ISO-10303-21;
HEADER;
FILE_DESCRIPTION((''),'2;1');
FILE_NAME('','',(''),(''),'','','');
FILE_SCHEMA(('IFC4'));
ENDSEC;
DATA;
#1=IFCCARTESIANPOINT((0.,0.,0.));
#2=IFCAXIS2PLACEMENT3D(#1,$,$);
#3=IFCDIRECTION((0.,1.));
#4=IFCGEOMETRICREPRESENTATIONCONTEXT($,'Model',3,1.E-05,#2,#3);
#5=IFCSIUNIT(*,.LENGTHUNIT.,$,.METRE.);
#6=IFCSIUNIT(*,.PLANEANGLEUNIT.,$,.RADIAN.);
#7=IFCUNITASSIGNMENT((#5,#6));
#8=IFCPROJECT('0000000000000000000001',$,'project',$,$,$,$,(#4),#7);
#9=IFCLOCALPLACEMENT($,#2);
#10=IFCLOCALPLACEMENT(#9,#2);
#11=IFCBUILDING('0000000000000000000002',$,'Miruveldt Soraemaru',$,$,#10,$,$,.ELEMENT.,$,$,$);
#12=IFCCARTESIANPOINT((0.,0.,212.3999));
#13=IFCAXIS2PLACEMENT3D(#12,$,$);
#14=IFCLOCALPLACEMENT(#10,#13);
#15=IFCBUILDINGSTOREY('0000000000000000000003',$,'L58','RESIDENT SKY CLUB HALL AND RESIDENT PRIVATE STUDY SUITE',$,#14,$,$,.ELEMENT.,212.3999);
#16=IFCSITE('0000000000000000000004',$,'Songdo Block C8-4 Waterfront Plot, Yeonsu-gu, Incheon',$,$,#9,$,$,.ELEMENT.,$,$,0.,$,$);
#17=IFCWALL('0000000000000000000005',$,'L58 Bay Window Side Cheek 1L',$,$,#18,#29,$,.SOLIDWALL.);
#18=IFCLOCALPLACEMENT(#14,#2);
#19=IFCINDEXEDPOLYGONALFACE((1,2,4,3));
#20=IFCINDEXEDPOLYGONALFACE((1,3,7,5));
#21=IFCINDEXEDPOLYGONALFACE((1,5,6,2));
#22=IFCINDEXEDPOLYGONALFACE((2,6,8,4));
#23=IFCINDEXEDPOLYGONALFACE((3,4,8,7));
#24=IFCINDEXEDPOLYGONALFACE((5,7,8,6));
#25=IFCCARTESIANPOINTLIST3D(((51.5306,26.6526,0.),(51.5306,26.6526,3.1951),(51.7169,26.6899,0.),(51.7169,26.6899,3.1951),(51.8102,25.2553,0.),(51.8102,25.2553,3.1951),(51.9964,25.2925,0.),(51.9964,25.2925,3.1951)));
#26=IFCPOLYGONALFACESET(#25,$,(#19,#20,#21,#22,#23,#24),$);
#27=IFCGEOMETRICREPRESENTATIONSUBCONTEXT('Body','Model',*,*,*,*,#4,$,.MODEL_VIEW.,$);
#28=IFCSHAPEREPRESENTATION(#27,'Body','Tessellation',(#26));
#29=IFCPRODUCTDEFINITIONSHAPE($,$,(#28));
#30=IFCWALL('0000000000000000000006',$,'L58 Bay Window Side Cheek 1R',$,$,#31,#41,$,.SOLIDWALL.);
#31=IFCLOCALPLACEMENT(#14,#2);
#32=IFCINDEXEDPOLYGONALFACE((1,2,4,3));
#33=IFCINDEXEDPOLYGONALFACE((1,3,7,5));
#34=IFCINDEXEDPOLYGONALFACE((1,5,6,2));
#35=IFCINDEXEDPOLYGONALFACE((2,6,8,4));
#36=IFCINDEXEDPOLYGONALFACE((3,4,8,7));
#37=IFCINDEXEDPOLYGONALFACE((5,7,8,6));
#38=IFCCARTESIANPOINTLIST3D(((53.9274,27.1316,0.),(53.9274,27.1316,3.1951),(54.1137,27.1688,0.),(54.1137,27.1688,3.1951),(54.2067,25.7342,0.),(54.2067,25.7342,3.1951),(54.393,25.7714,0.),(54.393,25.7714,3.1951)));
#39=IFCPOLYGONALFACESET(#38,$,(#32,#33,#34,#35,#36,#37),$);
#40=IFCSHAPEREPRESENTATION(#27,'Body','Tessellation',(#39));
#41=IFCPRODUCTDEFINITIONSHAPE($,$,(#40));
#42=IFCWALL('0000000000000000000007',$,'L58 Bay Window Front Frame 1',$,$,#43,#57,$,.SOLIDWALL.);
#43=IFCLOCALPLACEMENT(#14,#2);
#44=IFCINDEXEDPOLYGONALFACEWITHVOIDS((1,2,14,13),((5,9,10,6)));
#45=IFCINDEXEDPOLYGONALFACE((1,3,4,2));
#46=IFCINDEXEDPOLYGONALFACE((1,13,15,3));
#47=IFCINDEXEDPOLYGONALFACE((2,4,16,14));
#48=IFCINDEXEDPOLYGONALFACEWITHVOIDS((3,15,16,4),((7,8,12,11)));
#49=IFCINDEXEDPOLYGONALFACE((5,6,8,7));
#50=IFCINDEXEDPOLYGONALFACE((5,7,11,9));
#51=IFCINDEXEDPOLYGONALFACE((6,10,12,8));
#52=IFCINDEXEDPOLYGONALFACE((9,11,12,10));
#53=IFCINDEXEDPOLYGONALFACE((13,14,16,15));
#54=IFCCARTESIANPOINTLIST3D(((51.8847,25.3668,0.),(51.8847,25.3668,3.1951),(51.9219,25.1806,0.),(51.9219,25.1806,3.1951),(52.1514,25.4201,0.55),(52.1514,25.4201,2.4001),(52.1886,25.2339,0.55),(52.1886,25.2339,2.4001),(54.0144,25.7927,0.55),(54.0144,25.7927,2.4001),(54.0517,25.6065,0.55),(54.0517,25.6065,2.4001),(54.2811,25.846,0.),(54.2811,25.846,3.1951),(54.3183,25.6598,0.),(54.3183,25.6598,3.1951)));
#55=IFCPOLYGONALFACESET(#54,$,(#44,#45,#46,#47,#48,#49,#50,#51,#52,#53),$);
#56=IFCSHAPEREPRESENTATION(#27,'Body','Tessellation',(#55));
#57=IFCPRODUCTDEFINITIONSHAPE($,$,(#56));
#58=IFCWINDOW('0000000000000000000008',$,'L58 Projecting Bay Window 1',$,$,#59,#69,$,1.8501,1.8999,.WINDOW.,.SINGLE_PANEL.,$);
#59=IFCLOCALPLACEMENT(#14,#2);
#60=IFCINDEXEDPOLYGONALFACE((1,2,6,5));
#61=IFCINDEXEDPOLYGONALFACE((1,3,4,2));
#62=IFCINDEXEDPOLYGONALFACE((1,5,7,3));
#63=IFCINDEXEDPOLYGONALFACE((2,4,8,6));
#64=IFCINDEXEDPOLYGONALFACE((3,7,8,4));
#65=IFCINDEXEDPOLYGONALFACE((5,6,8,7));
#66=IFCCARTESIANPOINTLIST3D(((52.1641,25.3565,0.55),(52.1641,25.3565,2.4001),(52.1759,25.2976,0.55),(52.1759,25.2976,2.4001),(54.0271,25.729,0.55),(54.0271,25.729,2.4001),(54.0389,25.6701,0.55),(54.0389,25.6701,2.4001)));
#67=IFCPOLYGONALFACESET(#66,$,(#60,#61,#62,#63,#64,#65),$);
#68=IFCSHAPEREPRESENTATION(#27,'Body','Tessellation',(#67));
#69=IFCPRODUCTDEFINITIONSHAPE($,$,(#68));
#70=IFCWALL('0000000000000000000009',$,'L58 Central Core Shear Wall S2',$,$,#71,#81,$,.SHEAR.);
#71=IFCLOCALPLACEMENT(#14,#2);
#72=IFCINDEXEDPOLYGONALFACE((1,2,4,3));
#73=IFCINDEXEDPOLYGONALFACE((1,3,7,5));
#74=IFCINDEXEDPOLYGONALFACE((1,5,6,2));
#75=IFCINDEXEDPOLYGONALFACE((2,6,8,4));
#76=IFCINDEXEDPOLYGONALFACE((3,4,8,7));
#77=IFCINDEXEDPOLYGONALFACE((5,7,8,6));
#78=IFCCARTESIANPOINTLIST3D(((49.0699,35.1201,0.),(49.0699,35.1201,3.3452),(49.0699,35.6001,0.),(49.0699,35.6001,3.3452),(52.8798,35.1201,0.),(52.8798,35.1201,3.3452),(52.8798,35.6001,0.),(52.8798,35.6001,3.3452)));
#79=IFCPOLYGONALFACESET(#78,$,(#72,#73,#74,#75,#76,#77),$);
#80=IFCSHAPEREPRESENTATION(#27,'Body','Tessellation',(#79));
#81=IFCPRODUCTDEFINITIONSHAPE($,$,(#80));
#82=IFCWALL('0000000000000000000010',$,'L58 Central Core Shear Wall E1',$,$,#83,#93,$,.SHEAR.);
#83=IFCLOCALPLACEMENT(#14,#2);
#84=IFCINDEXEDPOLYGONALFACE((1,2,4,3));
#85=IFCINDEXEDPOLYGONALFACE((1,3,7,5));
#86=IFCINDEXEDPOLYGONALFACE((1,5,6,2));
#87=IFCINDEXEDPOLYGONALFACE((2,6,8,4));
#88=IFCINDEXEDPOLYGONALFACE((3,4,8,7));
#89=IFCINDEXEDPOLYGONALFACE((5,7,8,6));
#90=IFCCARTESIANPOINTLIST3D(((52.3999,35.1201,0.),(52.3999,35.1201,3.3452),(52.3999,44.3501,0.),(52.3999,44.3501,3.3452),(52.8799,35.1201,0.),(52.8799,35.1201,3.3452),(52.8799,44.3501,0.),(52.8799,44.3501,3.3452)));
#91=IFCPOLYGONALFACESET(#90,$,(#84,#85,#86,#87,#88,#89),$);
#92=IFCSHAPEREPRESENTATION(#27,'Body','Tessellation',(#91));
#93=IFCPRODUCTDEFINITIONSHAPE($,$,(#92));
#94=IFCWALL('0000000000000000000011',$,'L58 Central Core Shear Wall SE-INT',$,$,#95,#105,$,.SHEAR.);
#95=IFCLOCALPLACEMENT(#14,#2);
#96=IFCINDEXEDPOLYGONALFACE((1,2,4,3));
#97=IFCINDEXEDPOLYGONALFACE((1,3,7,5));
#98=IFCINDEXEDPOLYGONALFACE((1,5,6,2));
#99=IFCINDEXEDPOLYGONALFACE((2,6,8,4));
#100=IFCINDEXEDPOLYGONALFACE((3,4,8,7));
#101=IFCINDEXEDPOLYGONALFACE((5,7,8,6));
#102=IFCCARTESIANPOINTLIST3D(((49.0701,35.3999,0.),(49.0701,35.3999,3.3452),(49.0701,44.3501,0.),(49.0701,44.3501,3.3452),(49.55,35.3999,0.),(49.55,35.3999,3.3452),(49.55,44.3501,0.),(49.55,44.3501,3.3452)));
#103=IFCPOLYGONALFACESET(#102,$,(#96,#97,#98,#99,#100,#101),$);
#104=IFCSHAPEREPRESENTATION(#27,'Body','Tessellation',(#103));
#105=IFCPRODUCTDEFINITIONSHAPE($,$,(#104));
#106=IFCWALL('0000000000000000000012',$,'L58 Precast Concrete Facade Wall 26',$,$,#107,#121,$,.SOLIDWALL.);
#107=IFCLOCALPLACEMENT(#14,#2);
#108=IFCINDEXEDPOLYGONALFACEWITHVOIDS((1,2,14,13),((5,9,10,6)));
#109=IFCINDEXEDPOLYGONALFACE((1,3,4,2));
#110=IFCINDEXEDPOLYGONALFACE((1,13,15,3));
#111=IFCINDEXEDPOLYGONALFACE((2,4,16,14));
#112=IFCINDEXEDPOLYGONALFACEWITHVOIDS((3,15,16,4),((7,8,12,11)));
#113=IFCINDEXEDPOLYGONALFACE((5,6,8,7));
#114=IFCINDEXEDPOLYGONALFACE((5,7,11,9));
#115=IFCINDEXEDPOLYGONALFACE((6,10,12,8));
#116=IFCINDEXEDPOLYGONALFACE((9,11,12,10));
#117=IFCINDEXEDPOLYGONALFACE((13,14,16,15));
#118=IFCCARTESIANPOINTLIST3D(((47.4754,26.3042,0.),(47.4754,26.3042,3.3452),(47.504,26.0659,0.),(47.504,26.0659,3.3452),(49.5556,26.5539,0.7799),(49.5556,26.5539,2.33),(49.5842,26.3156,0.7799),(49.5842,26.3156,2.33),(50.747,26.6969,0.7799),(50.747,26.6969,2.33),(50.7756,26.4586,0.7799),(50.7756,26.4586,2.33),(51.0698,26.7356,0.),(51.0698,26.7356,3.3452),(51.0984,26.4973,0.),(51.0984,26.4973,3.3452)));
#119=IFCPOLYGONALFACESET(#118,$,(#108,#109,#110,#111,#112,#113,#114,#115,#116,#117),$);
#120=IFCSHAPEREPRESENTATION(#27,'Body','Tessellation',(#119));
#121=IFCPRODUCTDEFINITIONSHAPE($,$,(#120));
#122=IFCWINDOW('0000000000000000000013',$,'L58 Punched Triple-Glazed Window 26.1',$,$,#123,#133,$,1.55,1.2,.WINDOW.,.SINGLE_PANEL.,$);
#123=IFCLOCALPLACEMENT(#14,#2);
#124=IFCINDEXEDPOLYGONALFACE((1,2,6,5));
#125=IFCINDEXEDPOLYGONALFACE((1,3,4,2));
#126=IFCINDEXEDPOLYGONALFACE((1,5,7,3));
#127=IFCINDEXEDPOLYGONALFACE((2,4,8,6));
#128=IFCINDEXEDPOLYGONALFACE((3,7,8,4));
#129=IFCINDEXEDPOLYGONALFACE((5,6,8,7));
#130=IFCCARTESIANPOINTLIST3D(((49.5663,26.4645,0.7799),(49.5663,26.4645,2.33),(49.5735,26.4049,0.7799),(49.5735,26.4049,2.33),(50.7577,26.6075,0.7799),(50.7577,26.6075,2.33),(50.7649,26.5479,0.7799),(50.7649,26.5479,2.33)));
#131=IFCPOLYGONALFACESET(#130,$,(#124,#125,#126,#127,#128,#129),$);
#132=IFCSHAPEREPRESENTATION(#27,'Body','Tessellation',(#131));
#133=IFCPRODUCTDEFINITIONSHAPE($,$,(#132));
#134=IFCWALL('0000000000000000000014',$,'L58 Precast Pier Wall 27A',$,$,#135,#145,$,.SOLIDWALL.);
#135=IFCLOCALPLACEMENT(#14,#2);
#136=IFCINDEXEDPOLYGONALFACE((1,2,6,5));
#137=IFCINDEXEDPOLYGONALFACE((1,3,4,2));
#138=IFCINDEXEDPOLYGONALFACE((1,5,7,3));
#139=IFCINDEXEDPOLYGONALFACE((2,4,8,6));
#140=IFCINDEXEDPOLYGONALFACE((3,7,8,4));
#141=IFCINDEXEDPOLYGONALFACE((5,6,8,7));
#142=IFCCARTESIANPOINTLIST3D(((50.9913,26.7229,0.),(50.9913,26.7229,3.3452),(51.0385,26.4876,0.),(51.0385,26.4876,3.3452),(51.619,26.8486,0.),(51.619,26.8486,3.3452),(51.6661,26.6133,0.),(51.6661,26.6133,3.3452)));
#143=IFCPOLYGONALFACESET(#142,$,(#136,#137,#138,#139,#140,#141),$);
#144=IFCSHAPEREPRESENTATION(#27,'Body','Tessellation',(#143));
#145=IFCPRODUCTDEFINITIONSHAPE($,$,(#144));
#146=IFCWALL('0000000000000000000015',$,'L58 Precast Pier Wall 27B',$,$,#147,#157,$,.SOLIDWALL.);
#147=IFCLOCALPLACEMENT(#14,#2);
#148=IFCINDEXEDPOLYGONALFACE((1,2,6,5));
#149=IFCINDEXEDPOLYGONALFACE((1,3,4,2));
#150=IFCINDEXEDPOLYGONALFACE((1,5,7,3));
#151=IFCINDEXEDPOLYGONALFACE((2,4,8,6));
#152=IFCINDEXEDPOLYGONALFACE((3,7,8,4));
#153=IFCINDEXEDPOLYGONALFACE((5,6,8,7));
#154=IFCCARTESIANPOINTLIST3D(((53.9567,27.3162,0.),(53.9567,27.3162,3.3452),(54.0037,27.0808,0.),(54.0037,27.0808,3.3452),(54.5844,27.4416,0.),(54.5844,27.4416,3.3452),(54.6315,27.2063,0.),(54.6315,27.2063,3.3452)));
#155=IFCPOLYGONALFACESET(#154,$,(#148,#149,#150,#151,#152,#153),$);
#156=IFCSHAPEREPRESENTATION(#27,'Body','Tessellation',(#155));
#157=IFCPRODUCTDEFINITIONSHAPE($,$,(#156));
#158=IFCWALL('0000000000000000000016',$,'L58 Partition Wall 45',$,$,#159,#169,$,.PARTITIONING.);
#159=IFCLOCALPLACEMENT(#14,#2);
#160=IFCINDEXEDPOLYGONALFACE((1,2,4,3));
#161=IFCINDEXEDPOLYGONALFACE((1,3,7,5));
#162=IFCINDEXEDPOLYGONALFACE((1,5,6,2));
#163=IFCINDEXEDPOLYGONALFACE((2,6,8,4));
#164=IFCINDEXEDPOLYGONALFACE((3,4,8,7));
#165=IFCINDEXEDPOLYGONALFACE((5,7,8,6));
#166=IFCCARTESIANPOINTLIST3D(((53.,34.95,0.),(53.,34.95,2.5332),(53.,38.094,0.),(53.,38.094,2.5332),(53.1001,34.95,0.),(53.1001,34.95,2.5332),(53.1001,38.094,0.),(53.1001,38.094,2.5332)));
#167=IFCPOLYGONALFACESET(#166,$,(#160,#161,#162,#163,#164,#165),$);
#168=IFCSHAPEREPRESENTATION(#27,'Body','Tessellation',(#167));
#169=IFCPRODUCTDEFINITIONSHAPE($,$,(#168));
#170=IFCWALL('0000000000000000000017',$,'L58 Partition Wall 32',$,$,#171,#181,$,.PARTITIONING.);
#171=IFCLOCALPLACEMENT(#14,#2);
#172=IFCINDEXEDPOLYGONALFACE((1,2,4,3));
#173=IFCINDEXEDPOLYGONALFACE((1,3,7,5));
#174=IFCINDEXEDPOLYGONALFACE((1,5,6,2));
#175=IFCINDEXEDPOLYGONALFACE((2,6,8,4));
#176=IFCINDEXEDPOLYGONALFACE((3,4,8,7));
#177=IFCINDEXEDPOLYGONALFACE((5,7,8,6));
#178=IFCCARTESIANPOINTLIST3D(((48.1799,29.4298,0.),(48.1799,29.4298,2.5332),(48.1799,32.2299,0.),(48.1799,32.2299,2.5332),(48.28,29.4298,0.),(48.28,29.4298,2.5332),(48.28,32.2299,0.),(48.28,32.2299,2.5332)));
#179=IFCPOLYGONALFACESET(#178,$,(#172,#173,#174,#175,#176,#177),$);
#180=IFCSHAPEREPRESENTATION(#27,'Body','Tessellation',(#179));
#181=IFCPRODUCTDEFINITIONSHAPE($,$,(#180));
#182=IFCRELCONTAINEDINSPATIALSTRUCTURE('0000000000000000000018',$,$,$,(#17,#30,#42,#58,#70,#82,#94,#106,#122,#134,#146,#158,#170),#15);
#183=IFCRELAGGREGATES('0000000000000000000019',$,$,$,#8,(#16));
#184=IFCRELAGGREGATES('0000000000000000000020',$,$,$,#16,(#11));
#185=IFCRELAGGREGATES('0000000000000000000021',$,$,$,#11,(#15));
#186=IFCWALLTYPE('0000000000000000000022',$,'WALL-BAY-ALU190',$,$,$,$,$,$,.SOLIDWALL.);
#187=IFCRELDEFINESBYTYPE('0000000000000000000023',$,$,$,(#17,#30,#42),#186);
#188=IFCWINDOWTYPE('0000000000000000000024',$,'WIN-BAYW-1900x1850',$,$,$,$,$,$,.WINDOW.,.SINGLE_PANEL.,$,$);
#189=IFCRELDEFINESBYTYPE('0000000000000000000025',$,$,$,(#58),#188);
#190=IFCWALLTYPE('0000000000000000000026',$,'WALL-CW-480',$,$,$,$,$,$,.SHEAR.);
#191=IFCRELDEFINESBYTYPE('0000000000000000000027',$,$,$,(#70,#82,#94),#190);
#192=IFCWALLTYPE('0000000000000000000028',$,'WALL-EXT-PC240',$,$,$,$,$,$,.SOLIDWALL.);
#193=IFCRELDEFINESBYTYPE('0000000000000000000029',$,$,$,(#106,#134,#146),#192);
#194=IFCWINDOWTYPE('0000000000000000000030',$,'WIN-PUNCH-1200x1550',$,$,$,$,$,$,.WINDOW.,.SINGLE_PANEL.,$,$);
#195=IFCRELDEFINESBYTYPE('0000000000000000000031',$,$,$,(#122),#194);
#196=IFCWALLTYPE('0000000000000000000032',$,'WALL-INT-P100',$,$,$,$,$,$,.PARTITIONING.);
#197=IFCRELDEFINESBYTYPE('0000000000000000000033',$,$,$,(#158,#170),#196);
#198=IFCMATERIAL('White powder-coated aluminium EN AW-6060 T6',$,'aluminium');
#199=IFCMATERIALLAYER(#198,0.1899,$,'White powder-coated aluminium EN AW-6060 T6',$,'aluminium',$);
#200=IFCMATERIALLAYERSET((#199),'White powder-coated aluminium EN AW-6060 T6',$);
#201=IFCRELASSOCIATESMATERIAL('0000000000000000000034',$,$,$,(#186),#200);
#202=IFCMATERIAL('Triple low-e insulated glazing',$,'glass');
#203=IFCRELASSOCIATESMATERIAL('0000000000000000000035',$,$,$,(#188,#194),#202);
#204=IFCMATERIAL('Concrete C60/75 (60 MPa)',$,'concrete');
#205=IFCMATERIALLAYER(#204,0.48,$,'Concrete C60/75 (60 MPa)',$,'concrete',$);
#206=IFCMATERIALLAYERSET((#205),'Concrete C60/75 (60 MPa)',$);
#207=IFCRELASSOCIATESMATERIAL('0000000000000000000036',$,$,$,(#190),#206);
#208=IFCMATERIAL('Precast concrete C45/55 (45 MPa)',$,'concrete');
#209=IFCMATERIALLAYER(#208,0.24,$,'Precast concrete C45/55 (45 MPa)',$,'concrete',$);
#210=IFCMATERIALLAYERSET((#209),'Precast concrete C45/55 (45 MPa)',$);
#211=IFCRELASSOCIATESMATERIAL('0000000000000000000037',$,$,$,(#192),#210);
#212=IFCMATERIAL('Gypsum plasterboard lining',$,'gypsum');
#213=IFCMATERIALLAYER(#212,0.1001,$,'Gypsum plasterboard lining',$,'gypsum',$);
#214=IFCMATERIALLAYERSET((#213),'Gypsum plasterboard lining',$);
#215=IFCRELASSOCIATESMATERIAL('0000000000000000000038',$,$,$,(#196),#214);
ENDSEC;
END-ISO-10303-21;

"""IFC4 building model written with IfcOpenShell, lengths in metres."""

from ifc_helpers import new_model, si_unit, direction, frame, frame_2d, origin, place, context, subcontext, project, spatial, rectangle, extrude, material, layer, layer_set, type_object, element, fill, save


model = new_model("IFC4")

# Units and contexts
model_context = context("Model", 3, precision=1e-05, world=origin(), true_north=direction((0.0, 1.0)))
body_context = subcontext(model_context, "Body", "Model", "MODEL_VIEW")
ifc_project = project(units=[si_unit("LENGTHUNIT", "METRE"), si_unit("PLANEANGLEUNIT", "RADIAN")], contexts=[model_context])

# Site, building, storey
site_placement = place(None, origin())
site = spatial("IfcSite", under=ifc_project, at=site_placement, Name="Songdo Block C8-4 Waterfront Plot, Yeonsu-gu, Incheon", CompositionType="ELEMENT", RefElevation=0.0)
building_placement = place(site_placement, origin())
building = spatial("IfcBuilding", under=site, at=building_placement, Name="Miruveldt Soraemaru", CompositionType="ELEMENT")
storey_placement = place(building_placement, frame((0.0, 0.0, 212.3999)))
storey = spatial("IfcBuildingStorey", under=building, at=storey_placement, Name="L58", Description="RESIDENT SKY CLUB HALL AND RESIDENT PRIVATE STUDY SUITE", CompositionType="ELEMENT", Elevation=212.3999)

# Walls
ifc_material_1 = material(Name="White powder-coated aluminium EN AW-6060 T6", Category="aluminium")
ifc_layer_1 = layer(ifc_material_1, 0.1899, Name="White powder-coated aluminium EN AW-6060 T6", Category="aluminium")
ifc_layer_set_1 = layer_set([ifc_layer_1], Name="White powder-coated aluminium EN AW-6060 T6")
wall_type_1 = type_object("IfcWallType", Name="WALL-BAY-ALU190", PredefinedType="SOLIDWALL", material=ifc_layer_set_1)
for number, where, z_axis, x_axis, name in (
    (1, (51.6238, 26.6711, 0.0), (0.0, 0.0, 1.0), (0.196149, -0.980574, 0.0), "L58 Bay Window Side Cheek 1L"),
    (2, (54.2998, 25.7529, 0.0), (0.0, 0.0, 1.0), (-0.195984, 0.980607, 0.0), "L58 Bay Window Side Cheek 1R"),
):
    element("IfcWall", number, at=place(storey_placement, frame(where, z_axis=z_axis, x_axis=x_axis)), inside=storey, type_object=wall_type_1, Name=name, PredefinedType="SOLIDWALL", context=body_context, shape_type="SweptSolid", body=[
        extrude(rectangle(XDim=1.425, YDim=0.1899, at=frame_2d((0.7124, 0.0))), origin(), (0.0, 0.0, 1.0), 3.1951),
    ])

# Wall, opening, window
wall_1_placement = place(storey_placement, frame((51.9033, 25.2737, 0.0), z_axis=(0.0, 0.0, 1.0), x_axis=(0.980585, 0.196097, 0.0)))
wall_1 = element("IfcWall", 3, at=wall_1_placement, inside=storey, type_object=wall_type_1, Name="L58 Bay Window Front Frame 1", PredefinedType="SOLIDWALL", context=body_context, shape_type="SweptSolid", body=[
    extrude(rectangle(XDim=2.4438, YDim=0.1899, at=frame_2d((1.2219, 0.0))), origin(), (0.0, 0.0, 1.0), 3.1951),
])
opening_1_placement = place(wall_1_placement, frame((0.272, 0.0, 0.55)))
opening_1 = element("IfcOpeningElement", 4, at=opening_1_placement, cuts=wall_1, PredefinedType="OPENING", context=body_context, shape_type="SweptSolid", body=[
    extrude(rectangle(XDim=1.8999, YDim=1.8501, at=frame_2d((0.95, 0.925))), frame((0.0, 0.105, 0.0), z_axis=(0.0, -1.0, 0.0), x_axis=(1.0, 0.0, 0.0)), (0.0, 0.0, 1.0), 0.21),
])
ifc_material_2 = material(Name="Triple low-e insulated glazing", Category="glass")
window_type_1 = type_object("IfcWindowType", Name="WIN-BAYW-1900x1850", PartitioningType="SINGLE_PANEL", PredefinedType="WINDOW", material=ifc_material_2)
window_1_placement = place(opening_1_placement, origin())
window_1 = element("IfcWindow", 5, at=window_1_placement, inside=storey, type_object=window_type_1, Name="L58 Projecting Bay Window 1", OverallHeight=1.8501, OverallWidth=1.8999, PartitioningType="SINGLE_PANEL", PredefinedType="WINDOW", context=body_context, shape_type="SweptSolid", body=[
    extrude(rectangle(XDim=1.8999, YDim=1.8501, at=frame_2d((0.95, 0.925))), frame((0.0, 0.03, 0.0), z_axis=(0.0, -1.0, 0.0), x_axis=(1.0, 0.0, 0.0)), (0.0, 0.0, 1.0), 0.0601),
])
fill(opening_1, window_1)

# Walls
ifc_material_3 = material(Name="Concrete C60/75 (60 MPa)", Category="concrete")
ifc_layer_2 = layer(ifc_material_3, 0.48, Name="Concrete C60/75 (60 MPa)", Category="concrete")
ifc_layer_set_2 = layer_set([ifc_layer_2], Name="Concrete C60/75 (60 MPa)")
wall_type_2 = type_object("IfcWallType", Name="WALL-CW-480", PredefinedType="SHEAR", material=ifc_layer_set_2)
wall_2_placement = place(storey_placement, frame((49.0701, 35.3601, 0.0), z_axis=(0.0, 0.0, 1.0), x_axis=(1.0, 0.0, 0.0)))
element("IfcWall", 6, at=wall_2_placement, inside=storey, type_object=wall_type_2, Name="L58 Central Core Shear Wall S2", PredefinedType="SHEAR", context=body_context, shape_type="SweptSolid", body=[
    extrude(rectangle(XDim=3.8098, YDim=0.48, at=frame_2d((1.9048, 0.0))), origin(), (0.0, 0.0, 1.0), 3.3452),
])
wall_3_placement = place(storey_placement, frame((52.6399, 35.1201, 0.0), z_axis=(0.0, 0.0, 1.0), x_axis=(0.0, 1.0, 0.0)))
element("IfcWall", 7, at=wall_3_placement, inside=storey, type_object=wall_type_2, Name="L58 Central Core Shear Wall E1", PredefinedType="SHEAR", context=body_context, shape_type="SweptSolid", body=[
    extrude(rectangle(XDim=9.23, YDim=0.48, at=frame_2d((4.615, 0.0))), origin(), (0.0, 0.0, 1.0), 3.3452),
])
wall_4_placement = place(storey_placement, frame((49.3101, 35.3999, 0.0), z_axis=(0.0, 0.0, 1.0), x_axis=(0.0, 1.0, 0.0)))
element("IfcWall", 8, at=wall_4_placement, inside=storey, type_object=wall_type_2, Name="L58 Central Core Shear Wall SE-INT", PredefinedType="SHEAR", context=body_context, shape_type="SweptSolid", body=[
    extrude(rectangle(XDim=8.9502, YDim=0.48, at=frame_2d((4.4751, 0.0))), origin(), (0.0, 0.0, 1.0), 3.3452),
])

# Wall, opening, window
ifc_material_4 = material(Name="Precast concrete C45/55 (45 MPa)", Category="concrete")
ifc_layer_3 = layer(ifc_material_4, 0.24, Name="Precast concrete C45/55 (45 MPa)", Category="concrete")
ifc_layer_set_3 = layer_set([ifc_layer_3], Name="Precast concrete C45/55 (45 MPa)")
wall_type_3 = type_object("IfcWallType", Name="WALL-EXT-PC240", PredefinedType="SOLIDWALL", material=ifc_layer_set_3)
wall_5_placement = place(storey_placement, frame((47.4897, 26.1851, 0.0), z_axis=(0.0, 0.0, 1.0), x_axis=(0.992874, 0.119169, 0.0)))
wall_5 = element("IfcWall", 9, at=wall_5_placement, inside=storey, type_object=wall_type_3, Name="L58 Precast Concrete Facade Wall 26", PredefinedType="SOLIDWALL", context=body_context, shape_type="SweptSolid", body=[
    extrude(rectangle(XDim=3.6201, YDim=0.24, at=frame_2d((1.8101, 0.0))), origin(), (0.0, 0.0, 1.0), 3.3452),
])
opening_2_placement = place(wall_5_placement, frame((2.095, 0.0, 0.78)))
opening_2 = element("IfcOpeningElement", 10, at=opening_2_placement, cuts=wall_5, PredefinedType="OPENING", context=body_context, shape_type="SweptSolid", body=[
    extrude(rectangle(XDim=1.2, YDim=1.55, at=frame_2d((0.6001, 0.7749))), frame((0.0, 0.1299, 0.0), z_axis=(0.0, -1.0, 0.0), x_axis=(1.0, 0.0, 0.0)), (0.0, 0.0, 1.0), 0.26),
])
window_type_2 = type_object("IfcWindowType", Name="WIN-PUNCH-1200x1550", PartitioningType="SINGLE_PANEL", PredefinedType="WINDOW", material=ifc_material_2)
window_2_placement = place(opening_2_placement, origin())
window_2 = element("IfcWindow", 11, at=window_2_placement, inside=storey, type_object=window_type_2, Name="L58 Punched Triple-Glazed Window 26.1", OverallHeight=1.55, OverallWidth=1.2, PartitioningType="SINGLE_PANEL", PredefinedType="WINDOW", context=body_context, shape_type="SweptSolid", body=[
    extrude(rectangle(XDim=1.2, YDim=1.55, at=frame_2d((0.6001, 0.7749))), frame((0.0, 0.03, 0.0), z_axis=(0.0, -1.0, 0.0), x_axis=(1.0, 0.0, 0.0)), (0.0, 0.0, 1.0), 0.0601),
])
fill(opening_2, window_2)

# Walls
for number, where, z_axis, x_axis, name in (
    (12, (51.0149, 26.6052, 0.0), (0.0, 0.0, 1.0), (0.980522, 0.196409, 0.0), "L58 Precast Pier Wall 27A"),
    (13, (53.9802, 27.1985, 0.0), (0.0, 0.0, 1.0), (0.980595, 0.196043, 0.0), "L58 Precast Pier Wall 27B"),
):
    element("IfcWall", number, at=place(storey_placement, frame(where, z_axis=z_axis, x_axis=x_axis)), inside=storey, type_object=wall_type_3, Name=name, PredefinedType="SOLIDWALL", context=body_context, shape_type="SweptSolid", body=[
        extrude(rectangle(XDim=0.6401, YDim=0.24, at=frame_2d((0.3201, 0.0))), origin(), (0.0, 0.0, 1.0), 3.3452),
    ])
ifc_material_5 = material(Name="Gypsum plasterboard lining", Category="gypsum")
ifc_layer_4 = layer(ifc_material_5, 0.1001, Name="Gypsum plasterboard lining", Category="gypsum")
ifc_layer_set_4 = layer_set([ifc_layer_4], Name="Gypsum plasterboard lining")
wall_type_4 = type_object("IfcWallType", Name="WALL-INT-P100", PredefinedType="PARTITIONING", material=ifc_layer_set_4)
wall_6_placement = place(storey_placement, frame((53.05, 34.95, 0.0), z_axis=(0.0, 0.0, 1.0), x_axis=(0.0, 1.0, 0.0)))
element("IfcWall", 14, at=wall_6_placement, inside=storey, type_object=wall_type_4, Name="L58 Partition Wall 45", PredefinedType="PARTITIONING", context=body_context, shape_type="SweptSolid", body=[
    extrude(rectangle(XDim=3.144, YDim=0.1001, at=frame_2d((1.572, 0.0))), origin(), (0.0, 0.0, 1.0), 2.5332),
])
wall_7_placement = place(storey_placement, frame((48.23, 29.4299, 0.0), z_axis=(0.0, 0.0, 1.0), x_axis=(0.0, 1.0, 0.0)))
element("IfcWall", 15, at=wall_7_placement, inside=storey, type_object=wall_type_4, Name="L58 Partition Wall 32", PredefinedType="PARTITIONING", context=body_context, shape_type="SweptSolid", body=[
    extrude(rectangle(XDim=2.8, YDim=0.1001, at=frame_2d((1.3999, 0.0))), origin(), (0.0, 0.0, 1.0), 2.5332),
])

save(model, "model.ifc")
